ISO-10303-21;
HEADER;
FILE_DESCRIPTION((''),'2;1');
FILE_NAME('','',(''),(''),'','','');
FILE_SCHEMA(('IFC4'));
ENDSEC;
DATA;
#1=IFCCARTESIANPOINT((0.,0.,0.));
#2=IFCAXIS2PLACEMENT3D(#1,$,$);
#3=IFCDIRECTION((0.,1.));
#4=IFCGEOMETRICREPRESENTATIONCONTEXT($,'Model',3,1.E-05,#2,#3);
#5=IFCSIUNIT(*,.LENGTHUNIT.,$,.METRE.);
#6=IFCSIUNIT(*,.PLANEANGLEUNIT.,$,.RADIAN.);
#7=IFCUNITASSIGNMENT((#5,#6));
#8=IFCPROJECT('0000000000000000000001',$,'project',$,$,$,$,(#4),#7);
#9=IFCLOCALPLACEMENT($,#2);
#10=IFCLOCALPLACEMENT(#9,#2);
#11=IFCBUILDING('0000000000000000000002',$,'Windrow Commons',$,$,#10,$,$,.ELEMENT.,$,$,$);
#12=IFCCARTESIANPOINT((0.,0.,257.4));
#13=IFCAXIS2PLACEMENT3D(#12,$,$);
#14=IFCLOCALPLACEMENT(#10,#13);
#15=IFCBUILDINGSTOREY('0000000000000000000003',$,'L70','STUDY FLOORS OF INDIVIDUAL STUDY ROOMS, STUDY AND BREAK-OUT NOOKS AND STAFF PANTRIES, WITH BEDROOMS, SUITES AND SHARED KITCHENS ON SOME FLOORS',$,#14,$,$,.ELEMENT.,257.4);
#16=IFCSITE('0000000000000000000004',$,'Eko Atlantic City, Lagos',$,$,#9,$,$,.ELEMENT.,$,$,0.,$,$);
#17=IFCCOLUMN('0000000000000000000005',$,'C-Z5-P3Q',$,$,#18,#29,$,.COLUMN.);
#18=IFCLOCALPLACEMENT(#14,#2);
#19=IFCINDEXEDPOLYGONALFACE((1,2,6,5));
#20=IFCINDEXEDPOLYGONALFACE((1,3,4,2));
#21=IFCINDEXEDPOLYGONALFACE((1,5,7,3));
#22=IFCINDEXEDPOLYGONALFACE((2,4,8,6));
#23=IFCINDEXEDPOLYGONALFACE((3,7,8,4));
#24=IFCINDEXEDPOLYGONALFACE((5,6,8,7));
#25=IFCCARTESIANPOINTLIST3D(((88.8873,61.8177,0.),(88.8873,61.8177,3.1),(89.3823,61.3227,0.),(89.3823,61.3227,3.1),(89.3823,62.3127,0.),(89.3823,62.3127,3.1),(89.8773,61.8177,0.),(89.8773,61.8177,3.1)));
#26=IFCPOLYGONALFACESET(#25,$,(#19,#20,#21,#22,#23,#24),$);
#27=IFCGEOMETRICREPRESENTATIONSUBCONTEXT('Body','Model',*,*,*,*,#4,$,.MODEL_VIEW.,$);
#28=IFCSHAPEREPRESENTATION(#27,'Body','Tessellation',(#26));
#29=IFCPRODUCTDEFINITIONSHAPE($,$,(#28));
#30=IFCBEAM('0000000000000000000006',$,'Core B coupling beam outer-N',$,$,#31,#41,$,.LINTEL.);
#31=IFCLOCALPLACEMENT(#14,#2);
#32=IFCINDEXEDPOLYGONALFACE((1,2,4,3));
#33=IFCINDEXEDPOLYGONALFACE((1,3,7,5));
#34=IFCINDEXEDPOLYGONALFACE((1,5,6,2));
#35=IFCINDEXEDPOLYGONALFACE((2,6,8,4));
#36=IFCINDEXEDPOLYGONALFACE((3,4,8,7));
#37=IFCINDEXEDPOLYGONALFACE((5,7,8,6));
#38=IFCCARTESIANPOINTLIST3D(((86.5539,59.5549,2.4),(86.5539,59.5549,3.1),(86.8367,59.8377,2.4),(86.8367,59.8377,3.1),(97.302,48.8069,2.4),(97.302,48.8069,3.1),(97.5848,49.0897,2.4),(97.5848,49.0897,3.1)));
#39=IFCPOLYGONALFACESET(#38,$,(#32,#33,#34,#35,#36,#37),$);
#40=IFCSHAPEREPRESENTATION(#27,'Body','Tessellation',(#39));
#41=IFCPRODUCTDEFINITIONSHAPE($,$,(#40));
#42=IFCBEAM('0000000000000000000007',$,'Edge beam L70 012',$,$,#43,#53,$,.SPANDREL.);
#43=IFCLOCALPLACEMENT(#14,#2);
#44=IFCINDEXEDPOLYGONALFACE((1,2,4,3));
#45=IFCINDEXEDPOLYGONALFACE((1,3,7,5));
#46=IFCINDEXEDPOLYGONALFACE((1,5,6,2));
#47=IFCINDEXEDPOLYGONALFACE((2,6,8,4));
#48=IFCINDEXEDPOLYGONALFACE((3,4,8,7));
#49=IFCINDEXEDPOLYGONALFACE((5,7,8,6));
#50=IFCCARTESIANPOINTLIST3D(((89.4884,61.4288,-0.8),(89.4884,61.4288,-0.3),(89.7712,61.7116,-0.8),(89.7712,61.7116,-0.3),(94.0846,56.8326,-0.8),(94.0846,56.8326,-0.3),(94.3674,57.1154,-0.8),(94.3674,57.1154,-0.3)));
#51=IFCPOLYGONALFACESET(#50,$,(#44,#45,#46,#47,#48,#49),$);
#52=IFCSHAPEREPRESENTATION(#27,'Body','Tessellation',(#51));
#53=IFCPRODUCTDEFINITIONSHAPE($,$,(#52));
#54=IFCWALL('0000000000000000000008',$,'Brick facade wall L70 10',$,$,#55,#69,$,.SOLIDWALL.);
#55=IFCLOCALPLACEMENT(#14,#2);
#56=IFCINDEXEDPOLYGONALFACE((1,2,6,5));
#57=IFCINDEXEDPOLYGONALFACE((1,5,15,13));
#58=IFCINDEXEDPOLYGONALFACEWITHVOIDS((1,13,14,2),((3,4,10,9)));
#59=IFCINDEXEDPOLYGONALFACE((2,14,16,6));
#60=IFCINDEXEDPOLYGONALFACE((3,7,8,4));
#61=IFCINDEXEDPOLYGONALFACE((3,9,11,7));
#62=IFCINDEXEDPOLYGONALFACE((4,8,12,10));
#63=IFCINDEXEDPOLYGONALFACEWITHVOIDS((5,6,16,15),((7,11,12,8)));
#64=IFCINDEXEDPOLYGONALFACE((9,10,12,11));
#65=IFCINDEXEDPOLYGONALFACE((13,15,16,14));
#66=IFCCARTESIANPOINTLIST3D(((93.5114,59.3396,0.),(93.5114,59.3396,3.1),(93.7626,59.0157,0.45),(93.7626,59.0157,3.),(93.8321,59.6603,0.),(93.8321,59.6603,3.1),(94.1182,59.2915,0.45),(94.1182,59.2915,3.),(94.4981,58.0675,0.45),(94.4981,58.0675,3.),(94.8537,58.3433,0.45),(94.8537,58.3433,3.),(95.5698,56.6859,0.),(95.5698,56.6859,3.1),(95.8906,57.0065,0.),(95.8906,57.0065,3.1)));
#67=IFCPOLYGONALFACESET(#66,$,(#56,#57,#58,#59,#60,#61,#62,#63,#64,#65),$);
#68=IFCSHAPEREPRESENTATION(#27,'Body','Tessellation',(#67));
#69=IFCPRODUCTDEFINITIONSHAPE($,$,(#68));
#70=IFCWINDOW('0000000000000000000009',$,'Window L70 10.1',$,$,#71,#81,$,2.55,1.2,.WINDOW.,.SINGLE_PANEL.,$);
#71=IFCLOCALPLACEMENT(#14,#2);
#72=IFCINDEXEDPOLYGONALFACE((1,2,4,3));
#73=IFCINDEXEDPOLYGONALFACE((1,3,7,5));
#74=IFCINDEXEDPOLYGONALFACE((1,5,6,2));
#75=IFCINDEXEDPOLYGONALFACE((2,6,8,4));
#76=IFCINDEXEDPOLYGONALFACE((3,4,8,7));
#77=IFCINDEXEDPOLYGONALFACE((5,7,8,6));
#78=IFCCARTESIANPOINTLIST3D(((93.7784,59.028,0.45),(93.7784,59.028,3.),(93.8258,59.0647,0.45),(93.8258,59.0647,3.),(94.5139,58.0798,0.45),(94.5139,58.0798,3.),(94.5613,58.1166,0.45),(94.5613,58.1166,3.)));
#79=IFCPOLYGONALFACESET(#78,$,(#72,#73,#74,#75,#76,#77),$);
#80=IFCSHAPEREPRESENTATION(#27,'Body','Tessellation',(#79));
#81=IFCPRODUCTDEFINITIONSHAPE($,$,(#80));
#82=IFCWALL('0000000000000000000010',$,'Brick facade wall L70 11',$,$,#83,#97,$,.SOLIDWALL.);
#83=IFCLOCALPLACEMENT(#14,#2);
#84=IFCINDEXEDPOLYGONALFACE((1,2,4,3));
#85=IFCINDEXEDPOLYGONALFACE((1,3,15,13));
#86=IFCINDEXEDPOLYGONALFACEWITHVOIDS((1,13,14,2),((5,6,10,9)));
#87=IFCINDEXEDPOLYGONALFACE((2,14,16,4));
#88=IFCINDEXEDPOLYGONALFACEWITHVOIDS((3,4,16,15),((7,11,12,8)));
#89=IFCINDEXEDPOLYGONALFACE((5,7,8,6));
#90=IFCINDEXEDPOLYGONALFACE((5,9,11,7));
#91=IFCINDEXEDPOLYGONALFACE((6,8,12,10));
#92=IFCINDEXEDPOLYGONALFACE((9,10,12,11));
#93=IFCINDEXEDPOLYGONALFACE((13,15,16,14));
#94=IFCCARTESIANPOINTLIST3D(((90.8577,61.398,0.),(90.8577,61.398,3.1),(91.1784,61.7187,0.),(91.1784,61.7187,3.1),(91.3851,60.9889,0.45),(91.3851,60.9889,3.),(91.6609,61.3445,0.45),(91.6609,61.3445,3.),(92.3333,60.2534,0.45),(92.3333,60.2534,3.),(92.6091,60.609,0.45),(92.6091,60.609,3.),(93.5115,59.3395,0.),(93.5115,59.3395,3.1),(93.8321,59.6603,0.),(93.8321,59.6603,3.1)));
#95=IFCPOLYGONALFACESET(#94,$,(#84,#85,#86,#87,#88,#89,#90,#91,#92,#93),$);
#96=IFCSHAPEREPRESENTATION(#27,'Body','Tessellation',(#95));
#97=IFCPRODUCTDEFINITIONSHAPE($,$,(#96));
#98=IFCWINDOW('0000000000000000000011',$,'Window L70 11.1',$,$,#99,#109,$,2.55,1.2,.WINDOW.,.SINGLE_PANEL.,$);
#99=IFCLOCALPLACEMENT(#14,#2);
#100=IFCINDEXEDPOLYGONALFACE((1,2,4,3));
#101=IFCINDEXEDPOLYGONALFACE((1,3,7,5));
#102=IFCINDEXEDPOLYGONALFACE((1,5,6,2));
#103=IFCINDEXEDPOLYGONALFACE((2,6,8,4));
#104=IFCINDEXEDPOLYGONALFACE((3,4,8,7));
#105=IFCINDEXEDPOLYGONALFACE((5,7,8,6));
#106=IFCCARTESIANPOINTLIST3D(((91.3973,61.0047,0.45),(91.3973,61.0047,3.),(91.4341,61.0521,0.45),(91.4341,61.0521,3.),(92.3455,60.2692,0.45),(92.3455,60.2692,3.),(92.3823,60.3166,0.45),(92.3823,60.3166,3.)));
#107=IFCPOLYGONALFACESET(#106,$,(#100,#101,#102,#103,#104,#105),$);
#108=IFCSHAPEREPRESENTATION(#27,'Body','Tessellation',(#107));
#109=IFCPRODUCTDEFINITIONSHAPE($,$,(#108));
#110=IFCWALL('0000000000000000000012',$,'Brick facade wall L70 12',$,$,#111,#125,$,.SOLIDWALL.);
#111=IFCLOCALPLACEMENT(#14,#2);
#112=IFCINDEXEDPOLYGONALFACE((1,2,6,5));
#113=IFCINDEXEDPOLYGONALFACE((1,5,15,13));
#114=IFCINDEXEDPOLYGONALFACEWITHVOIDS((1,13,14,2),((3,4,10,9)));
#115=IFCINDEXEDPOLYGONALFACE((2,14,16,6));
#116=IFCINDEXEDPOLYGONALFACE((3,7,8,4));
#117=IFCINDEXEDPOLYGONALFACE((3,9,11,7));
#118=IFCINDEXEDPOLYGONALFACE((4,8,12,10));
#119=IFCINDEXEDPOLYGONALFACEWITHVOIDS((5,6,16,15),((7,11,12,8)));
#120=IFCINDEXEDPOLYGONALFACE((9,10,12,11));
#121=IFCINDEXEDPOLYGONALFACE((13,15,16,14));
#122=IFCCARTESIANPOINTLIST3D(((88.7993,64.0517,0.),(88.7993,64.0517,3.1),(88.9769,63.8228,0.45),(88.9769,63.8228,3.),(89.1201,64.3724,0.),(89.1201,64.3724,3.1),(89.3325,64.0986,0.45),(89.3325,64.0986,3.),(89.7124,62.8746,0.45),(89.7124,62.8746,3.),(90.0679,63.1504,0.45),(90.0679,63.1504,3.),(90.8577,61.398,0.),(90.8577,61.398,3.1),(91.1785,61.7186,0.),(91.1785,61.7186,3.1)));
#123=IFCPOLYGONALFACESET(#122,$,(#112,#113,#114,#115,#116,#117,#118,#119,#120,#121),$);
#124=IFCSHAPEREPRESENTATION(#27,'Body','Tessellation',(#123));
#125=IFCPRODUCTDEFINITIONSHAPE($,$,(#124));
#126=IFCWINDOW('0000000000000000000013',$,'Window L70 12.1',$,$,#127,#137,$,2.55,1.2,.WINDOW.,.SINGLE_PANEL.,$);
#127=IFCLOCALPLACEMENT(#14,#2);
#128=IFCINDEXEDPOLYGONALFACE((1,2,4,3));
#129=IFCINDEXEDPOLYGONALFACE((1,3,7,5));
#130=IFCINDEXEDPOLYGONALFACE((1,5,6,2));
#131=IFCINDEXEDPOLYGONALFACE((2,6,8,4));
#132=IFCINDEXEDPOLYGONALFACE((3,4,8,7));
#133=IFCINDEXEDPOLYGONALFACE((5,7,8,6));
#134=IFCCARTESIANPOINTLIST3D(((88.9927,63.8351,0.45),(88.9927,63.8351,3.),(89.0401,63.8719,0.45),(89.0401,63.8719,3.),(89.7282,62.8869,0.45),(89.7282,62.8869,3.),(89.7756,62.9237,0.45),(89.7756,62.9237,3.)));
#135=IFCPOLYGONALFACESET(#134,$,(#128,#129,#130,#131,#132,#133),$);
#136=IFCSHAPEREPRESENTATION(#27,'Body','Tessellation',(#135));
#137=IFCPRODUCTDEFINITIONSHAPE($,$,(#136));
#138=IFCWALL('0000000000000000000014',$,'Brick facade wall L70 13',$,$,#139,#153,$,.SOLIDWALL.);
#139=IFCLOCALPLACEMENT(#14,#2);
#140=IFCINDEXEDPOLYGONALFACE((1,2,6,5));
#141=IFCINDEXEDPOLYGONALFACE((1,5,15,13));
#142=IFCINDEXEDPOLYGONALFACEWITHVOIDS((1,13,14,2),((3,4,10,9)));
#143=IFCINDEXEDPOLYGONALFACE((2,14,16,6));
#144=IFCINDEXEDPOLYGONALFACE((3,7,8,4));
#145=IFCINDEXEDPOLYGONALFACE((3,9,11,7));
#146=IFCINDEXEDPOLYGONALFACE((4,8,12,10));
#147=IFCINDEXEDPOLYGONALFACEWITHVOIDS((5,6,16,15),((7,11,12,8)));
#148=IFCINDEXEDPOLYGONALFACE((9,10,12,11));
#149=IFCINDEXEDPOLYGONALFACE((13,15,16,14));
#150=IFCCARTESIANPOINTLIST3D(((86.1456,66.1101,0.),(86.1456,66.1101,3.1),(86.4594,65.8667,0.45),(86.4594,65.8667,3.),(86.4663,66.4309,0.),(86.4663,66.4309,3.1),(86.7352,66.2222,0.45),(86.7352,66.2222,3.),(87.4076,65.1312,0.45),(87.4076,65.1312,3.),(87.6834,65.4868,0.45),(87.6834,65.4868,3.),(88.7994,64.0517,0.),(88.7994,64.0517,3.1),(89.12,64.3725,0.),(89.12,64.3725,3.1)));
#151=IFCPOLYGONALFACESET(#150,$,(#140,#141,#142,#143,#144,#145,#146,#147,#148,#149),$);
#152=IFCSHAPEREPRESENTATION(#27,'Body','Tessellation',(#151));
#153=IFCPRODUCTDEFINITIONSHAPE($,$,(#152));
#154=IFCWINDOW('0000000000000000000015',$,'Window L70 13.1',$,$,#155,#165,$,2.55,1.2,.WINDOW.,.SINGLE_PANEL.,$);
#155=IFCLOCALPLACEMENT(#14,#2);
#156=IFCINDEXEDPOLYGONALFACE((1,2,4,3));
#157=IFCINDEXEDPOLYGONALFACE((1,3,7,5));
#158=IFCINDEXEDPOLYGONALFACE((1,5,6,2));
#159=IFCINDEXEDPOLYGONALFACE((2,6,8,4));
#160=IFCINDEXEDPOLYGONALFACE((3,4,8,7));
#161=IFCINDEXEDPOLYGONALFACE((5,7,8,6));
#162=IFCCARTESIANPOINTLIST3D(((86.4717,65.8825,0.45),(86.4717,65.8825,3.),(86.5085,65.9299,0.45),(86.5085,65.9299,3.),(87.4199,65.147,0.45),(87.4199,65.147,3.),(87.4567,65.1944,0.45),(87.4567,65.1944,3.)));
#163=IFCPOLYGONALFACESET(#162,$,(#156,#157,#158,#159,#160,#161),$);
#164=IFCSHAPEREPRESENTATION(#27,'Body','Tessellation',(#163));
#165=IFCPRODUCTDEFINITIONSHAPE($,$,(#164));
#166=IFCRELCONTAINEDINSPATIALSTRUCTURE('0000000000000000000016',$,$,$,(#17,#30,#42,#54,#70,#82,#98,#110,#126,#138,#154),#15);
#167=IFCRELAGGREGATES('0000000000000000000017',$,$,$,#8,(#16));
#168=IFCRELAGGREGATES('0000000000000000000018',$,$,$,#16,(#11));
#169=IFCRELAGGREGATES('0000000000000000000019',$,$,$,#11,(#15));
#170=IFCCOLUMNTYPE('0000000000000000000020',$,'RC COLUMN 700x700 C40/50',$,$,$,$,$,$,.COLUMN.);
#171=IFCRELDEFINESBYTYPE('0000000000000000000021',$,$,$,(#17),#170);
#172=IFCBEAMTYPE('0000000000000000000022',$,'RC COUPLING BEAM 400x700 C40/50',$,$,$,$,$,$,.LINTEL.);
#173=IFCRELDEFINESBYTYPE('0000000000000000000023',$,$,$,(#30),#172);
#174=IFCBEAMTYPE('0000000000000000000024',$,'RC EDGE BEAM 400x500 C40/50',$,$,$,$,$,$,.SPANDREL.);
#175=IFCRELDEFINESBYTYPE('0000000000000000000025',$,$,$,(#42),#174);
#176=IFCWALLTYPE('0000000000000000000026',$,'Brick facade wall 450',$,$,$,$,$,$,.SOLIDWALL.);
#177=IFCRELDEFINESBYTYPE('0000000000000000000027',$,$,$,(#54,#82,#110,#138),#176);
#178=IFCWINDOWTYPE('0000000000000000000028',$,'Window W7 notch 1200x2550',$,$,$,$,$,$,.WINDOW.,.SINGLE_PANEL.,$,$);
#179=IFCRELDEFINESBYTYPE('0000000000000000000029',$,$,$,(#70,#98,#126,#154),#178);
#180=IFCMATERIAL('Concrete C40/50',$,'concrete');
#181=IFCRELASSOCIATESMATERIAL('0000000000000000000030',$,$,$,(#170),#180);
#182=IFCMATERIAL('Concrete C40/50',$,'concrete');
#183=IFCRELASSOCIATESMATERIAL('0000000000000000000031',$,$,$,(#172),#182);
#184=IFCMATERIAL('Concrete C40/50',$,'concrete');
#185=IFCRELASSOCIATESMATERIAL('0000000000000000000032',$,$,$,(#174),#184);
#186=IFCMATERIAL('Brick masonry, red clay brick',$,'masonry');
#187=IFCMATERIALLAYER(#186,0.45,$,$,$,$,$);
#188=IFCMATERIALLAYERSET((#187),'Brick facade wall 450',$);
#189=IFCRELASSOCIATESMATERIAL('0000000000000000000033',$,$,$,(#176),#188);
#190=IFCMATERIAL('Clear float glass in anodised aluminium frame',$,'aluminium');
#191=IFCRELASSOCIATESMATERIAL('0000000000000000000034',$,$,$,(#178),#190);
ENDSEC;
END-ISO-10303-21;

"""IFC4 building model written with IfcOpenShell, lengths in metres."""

from ifc_helpers import new_model, si_unit, direction, frame, frame_2d, origin, origin_2d, place, context, subcontext, project, spatial, polyline, rectangle, outline, extrude, material, layer, layer_set, material_profile, profile_set, type_object, element, fill, save


model = new_model("IFC4")

# Units and contexts
model_context = context("Model", 3, precision=1e-05, world=origin(), true_north=direction((0.0, 1.0)))
body_context = subcontext(model_context, "Body", "Model", "MODEL_VIEW")
ifc_project = project(units=[si_unit("LENGTHUNIT", "METRE"), si_unit("PLANEANGLEUNIT", "RADIAN")], contexts=[model_context])

# Site, building, storey
site_placement = place(None, origin())
site = spatial("IfcSite", under=ifc_project, at=site_placement, Name="Eko Atlantic City, Lagos", CompositionType="ELEMENT", RefElevation=0.0)
building_placement = place(site_placement, origin())
building = spatial("IfcBuilding", under=site, at=building_placement, Name="Windrow Commons", CompositionType="ELEMENT")
storey_placement = place(building_placement, frame((0.0, 0.0, 257.4)))
storey = spatial("IfcBuildingStorey", under=building, at=storey_placement, Name="L70", Description="STUDY FLOORS OF INDIVIDUAL STUDY ROOMS, STUDY AND BREAK-OUT NOOKS AND STAFF PANTRIES, WITH BEDROOMS, SUITES AND SHARED KITCHENS ON SOME FLOORS", CompositionType="ELEMENT", Elevation=257.4)

# Column
ifc_material_1 = material(Name="Concrete C40/50", Category="concrete")
ifc_material_profile_1 = material_profile(ifc_material_1, rectangle(XDim=0.7, YDim=0.7, at=origin_2d()))
ifc_profile_set_1 = profile_set([ifc_material_profile_1], Name="Concrete C40/50")
column_type = type_object("IfcColumnType", Name="RC COLUMN 700x700 C40/50", PredefinedType="COLUMN", material=ifc_profile_set_1)
column_placement = place(storey_placement, frame((89.3823, 61.8177, 0.0), z_axis=(0.0, 0.0, 1.0), x_axis=(0.707107, -0.707107, 0.0)))
element("IfcColumn", 1, at=column_placement, inside=storey, type_object=column_type, Name="C-Z5-P3Q", PredefinedType="COLUMN", context=body_context, shape_type="SweptSolid", body=[
    extrude(rectangle(XDim=0.7, YDim=0.7, at=origin_2d()), origin(), (0.0, 0.0, 1.0), 3.1),
])

# Beams
ifc_material_2 = material(Name="Concrete C40/50", Category="concrete")
ifc_material_profile_2 = material_profile(ifc_material_2, rectangle(XDim=0.4, YDim=0.7, at=origin_2d()))
ifc_profile_set_2 = profile_set([ifc_material_profile_2], Name="Concrete C40/50")
beam_type_1 = type_object("IfcBeamType", Name="RC COUPLING BEAM 400x700 C40/50", PredefinedType="LINTEL", material=ifc_profile_set_2)
beam_1_placement = place(storey_placement, frame((86.6953, 59.6963, 2.75), z_axis=(0.70711, -0.707103, 0.0), x_axis=(0.707103, 0.70711, 0.0)))
element("IfcBeam", 2, at=beam_1_placement, inside=storey, type_object=beam_type_1, Name="Core B coupling beam outer-N", PredefinedType="LINTEL", context=body_context, shape_type="SweptSolid", body=[
    extrude(rectangle(XDim=0.4, YDim=0.7, at=origin_2d()), origin(), (0.0, 0.0, 1.0), 15.2),
])
ifc_material_3 = material(Name="Concrete C40/50", Category="concrete")
ifc_material_profile_3 = material_profile(ifc_material_3, rectangle(XDim=0.4, YDim=0.5, at=origin_2d()))
ifc_profile_set_3 = profile_set([ifc_material_profile_3], Name="Concrete C40/50")
beam_type_2 = type_object("IfcBeamType", Name="RC EDGE BEAM 400x500 C40/50", PredefinedType="SPANDREL", material=ifc_profile_set_3)
beam_2_placement = place(storey_placement, frame((89.6298, 61.5702, -0.55), z_axis=(0.707107, -0.707107, 0.0), x_axis=(0.707107, 0.707107, 0.0)))
element("IfcBeam", 3, at=beam_2_placement, inside=storey, type_object=beam_type_2, Name="Edge beam L70 012", PredefinedType="SPANDREL", context=body_context, shape_type="SweptSolid", body=[
    extrude(rectangle(XDim=0.4, YDim=0.5, at=origin_2d()), origin(), (0.0, 0.0, 1.0), 6.5),
])

# Walls, openings, windows
ifc_material_4 = material(Name="Brick masonry, red clay brick", Category="masonry")
ifc_layer_1 = layer(ifc_material_4, 0.45)
ifc_layer_set_1 = layer_set([ifc_layer_1], Name="Brick facade wall 450")
wall_type_1 = type_object("IfcWallType", Name="Brick facade wall 450", PredefinedType="SOLIDWALL", material=ifc_layer_set_1)
wall_1_placement = place(storey_placement, frame((95.7302, 56.8462, 0.0), z_axis=(0.0, 0.0, 1.0), x_axis=(-0.612903, 0.790158, 0.0)))
wall_1 = element("IfcWall", 4, at=wall_1_placement, inside=storey, type_object=wall_type_1, Name="Brick facade wall L70 10", PredefinedType="SOLIDWALL", context=body_context, shape_type="SweptSolid", body=[
    extrude(outline(polyline([(0.0284, -0.225), (3.3869, -0.225), (3.3301, 0.225), (-0.0284, 0.225), (0.0284, -0.225)])), origin(), (0.0, 0.0, 1.0), 3.1),
])
opening_1_placement = place(wall_1_placement, frame((1.7202, 0.0, 0.45)))
opening_1 = element("IfcOpeningElement", 5, at=opening_1_placement, cuts=wall_1, PredefinedType="OPENING", context=body_context, shape_type="SweptSolid", body=[
    extrude(rectangle(XDim=1.2, YDim=2.55, at=frame_2d((0.6, 1.275))), frame((0.0, 0.235, 0.0), z_axis=(0.0, -1.0, 0.0), x_axis=(1.0, 0.0, 0.0)), (0.0, 0.0, 1.0), 0.47),
])
ifc_material_5 = material(Name="Clear float glass in anodised aluminium frame", Category="aluminium")
window_type = type_object("IfcWindowType", Name="Window W7 notch 1200x2550", PartitioningType="SINGLE_PANEL", PredefinedType="WINDOW", material=ifc_material_5)
window_1_placement = place(opening_1_placement, origin())
window_1 = element("IfcWindow", 6, at=window_1_placement, inside=storey, type_object=window_type, Name="Window L70 10.1", OverallHeight=2.55, OverallWidth=1.2, PartitioningType="SINGLE_PANEL", PredefinedType="WINDOW", context=body_context, shape_type="SweptSolid", body=[
    extrude(rectangle(XDim=1.2, YDim=2.55, at=frame_2d((0.6, 1.275))), frame((0.0, 0.205, 0.0), z_axis=(0.0, -1.0, 0.0), x_axis=(1.0, 0.0, 0.0)), (0.0, 0.0, 1.0), 0.06),
])
fill(opening_1, window_1)
wall_2_placement = place(storey_placement, frame((93.6718, 59.4999, 0.0), z_axis=(0.0, 0.0, 1.0), x_axis=(-0.790158, 0.612903, 0.0)))
wall_2 = element("IfcWall", 7, at=wall_2_placement, inside=storey, type_object=wall_type_1, Name="Brick facade wall L70 11", PredefinedType="SOLIDWALL", context=body_context, shape_type="SweptSolid", body=[
    extrude(outline(polyline([(-0.0284, -0.225), (3.3301, -0.225), (3.3869, 0.225), (0.0284, 0.225), (-0.0284, -0.225)])), origin(), (0.0, 0.0, 1.0), 3.1),
])
opening_2_placement = place(wall_2_placement, frame((1.5195, 0.0, 0.45)))
opening_2 = element("IfcOpeningElement", 8, at=opening_2_placement, cuts=wall_2, PredefinedType="OPENING", context=body_context, shape_type="SweptSolid", body=[
    extrude(rectangle(XDim=1.2, YDim=2.55, at=frame_2d((0.6, 1.275))), frame((0.0, 0.235, 0.0), z_axis=(0.0, -1.0, 0.0), x_axis=(1.0, 0.0, 0.0)), (0.0, 0.0, 1.0), 0.47),
])
window_2_placement = place(opening_2_placement, origin())
window_2 = element("IfcWindow", 9, at=window_2_placement, inside=storey, type_object=window_type, Name="Window L70 11.1", OverallHeight=2.55, OverallWidth=1.2, PartitioningType="SINGLE_PANEL", PredefinedType="WINDOW", context=body_context, shape_type="SweptSolid", body=[
    extrude(rectangle(XDim=1.2, YDim=2.55, at=frame_2d((0.6, 1.275))), frame((0.0, 0.205, 0.0), z_axis=(0.0, -1.0, 0.0), x_axis=(1.0, 0.0, 0.0)), (0.0, 0.0, 1.0), 0.06),
])
fill(opening_2, window_2)
wall_3_placement = place(storey_placement, frame((91.0181, 61.5583, 0.0), z_axis=(0.0, 0.0, 1.0), x_axis=(-0.612889, 0.790169, 0.0)))
wall_3 = element("IfcWall", 10, at=wall_3_placement, inside=storey, type_object=wall_type_1, Name="Brick facade wall L70 12", PredefinedType="SOLIDWALL", context=body_context, shape_type="SweptSolid", body=[
    extrude(outline(polyline([(0.0284, -0.225), (3.3869, -0.225), (3.3301, 0.225), (-0.0284, 0.225), (0.0284, -0.225)])), origin(), (0.0, 0.0, 1.0), 3.1),
])
opening_3_placement = place(wall_3_placement, frame((1.8404, 0.0, 0.45)))
opening_3 = element("IfcOpeningElement", 11, at=opening_3_placement, cuts=wall_3, PredefinedType="OPENING", context=body_context, shape_type="SweptSolid", body=[
    extrude(rectangle(XDim=1.2, YDim=2.55, at=frame_2d((0.6, 1.275))), frame((0.0, 0.235, 0.0), z_axis=(0.0, -1.0, 0.0), x_axis=(1.0, 0.0, 0.0)), (0.0, 0.0, 1.0), 0.47),
])
window_3_placement = place(opening_3_placement, origin())
window_3 = element("IfcWindow", 12, at=window_3_placement, inside=storey, type_object=window_type, Name="Window L70 12.1", OverallHeight=2.55, OverallWidth=1.2, PartitioningType="SINGLE_PANEL", PredefinedType="WINDOW", context=body_context, shape_type="SweptSolid", body=[
    extrude(rectangle(XDim=1.2, YDim=2.55, at=frame_2d((0.6, 1.275))), frame((0.0, 0.205, 0.0), z_axis=(0.0, -1.0, 0.0), x_axis=(1.0, 0.0, 0.0)), (0.0, 0.0, 1.0), 0.06),
])
fill(opening_3, window_3)
wall_4_placement = place(storey_placement, frame((88.9597, 64.2121, 0.0), z_axis=(0.0, 0.0, 1.0), x_axis=(-0.790169, 0.612889, 0.0)))
wall_4 = element("IfcWall", 13, at=wall_4_placement, inside=storey, type_object=wall_type_1, Name="Brick facade wall L70 13", PredefinedType="SOLIDWALL", context=body_context, shape_type="SweptSolid", body=[
    extrude(outline(polyline([(-0.0284, -0.225), (3.3301, -0.225), (3.3869, 0.225), (0.0284, 0.225), (-0.0284, -0.225)])), origin(), (0.0, 0.0, 1.0), 3.1),
])
opening_4_placement = place(wall_4_placement, frame((1.7897, 0.0, 0.45)))
opening_4 = element("IfcOpeningElement", 14, at=opening_4_placement, cuts=wall_4, PredefinedType="OPENING", context=body_context, shape_type="SweptSolid", body=[
    extrude(rectangle(XDim=1.2, YDim=2.55, at=frame_2d((0.6, 1.275))), frame((0.0, 0.235, 0.0), z_axis=(0.0, -1.0, 0.0), x_axis=(1.0, 0.0, 0.0)), (0.0, 0.0, 1.0), 0.47),
])
window_4_placement = place(opening_4_placement, origin())
window_4 = element("IfcWindow", 15, at=window_4_placement, inside=storey, type_object=window_type, Name="Window L70 13.1", OverallHeight=2.55, OverallWidth=1.2, PartitioningType="SINGLE_PANEL", PredefinedType="WINDOW", context=body_context, shape_type="SweptSolid", body=[
    extrude(rectangle(XDim=1.2, YDim=2.55, at=frame_2d((0.6, 1.275))), frame((0.0, 0.205, 0.0), z_axis=(0.0, -1.0, 0.0), x_axis=(1.0, 0.0, 0.0)), (0.0, 0.0, 1.0), 0.06),
])
fill(opening_4, window_4)

save(model, "model.ifc")
